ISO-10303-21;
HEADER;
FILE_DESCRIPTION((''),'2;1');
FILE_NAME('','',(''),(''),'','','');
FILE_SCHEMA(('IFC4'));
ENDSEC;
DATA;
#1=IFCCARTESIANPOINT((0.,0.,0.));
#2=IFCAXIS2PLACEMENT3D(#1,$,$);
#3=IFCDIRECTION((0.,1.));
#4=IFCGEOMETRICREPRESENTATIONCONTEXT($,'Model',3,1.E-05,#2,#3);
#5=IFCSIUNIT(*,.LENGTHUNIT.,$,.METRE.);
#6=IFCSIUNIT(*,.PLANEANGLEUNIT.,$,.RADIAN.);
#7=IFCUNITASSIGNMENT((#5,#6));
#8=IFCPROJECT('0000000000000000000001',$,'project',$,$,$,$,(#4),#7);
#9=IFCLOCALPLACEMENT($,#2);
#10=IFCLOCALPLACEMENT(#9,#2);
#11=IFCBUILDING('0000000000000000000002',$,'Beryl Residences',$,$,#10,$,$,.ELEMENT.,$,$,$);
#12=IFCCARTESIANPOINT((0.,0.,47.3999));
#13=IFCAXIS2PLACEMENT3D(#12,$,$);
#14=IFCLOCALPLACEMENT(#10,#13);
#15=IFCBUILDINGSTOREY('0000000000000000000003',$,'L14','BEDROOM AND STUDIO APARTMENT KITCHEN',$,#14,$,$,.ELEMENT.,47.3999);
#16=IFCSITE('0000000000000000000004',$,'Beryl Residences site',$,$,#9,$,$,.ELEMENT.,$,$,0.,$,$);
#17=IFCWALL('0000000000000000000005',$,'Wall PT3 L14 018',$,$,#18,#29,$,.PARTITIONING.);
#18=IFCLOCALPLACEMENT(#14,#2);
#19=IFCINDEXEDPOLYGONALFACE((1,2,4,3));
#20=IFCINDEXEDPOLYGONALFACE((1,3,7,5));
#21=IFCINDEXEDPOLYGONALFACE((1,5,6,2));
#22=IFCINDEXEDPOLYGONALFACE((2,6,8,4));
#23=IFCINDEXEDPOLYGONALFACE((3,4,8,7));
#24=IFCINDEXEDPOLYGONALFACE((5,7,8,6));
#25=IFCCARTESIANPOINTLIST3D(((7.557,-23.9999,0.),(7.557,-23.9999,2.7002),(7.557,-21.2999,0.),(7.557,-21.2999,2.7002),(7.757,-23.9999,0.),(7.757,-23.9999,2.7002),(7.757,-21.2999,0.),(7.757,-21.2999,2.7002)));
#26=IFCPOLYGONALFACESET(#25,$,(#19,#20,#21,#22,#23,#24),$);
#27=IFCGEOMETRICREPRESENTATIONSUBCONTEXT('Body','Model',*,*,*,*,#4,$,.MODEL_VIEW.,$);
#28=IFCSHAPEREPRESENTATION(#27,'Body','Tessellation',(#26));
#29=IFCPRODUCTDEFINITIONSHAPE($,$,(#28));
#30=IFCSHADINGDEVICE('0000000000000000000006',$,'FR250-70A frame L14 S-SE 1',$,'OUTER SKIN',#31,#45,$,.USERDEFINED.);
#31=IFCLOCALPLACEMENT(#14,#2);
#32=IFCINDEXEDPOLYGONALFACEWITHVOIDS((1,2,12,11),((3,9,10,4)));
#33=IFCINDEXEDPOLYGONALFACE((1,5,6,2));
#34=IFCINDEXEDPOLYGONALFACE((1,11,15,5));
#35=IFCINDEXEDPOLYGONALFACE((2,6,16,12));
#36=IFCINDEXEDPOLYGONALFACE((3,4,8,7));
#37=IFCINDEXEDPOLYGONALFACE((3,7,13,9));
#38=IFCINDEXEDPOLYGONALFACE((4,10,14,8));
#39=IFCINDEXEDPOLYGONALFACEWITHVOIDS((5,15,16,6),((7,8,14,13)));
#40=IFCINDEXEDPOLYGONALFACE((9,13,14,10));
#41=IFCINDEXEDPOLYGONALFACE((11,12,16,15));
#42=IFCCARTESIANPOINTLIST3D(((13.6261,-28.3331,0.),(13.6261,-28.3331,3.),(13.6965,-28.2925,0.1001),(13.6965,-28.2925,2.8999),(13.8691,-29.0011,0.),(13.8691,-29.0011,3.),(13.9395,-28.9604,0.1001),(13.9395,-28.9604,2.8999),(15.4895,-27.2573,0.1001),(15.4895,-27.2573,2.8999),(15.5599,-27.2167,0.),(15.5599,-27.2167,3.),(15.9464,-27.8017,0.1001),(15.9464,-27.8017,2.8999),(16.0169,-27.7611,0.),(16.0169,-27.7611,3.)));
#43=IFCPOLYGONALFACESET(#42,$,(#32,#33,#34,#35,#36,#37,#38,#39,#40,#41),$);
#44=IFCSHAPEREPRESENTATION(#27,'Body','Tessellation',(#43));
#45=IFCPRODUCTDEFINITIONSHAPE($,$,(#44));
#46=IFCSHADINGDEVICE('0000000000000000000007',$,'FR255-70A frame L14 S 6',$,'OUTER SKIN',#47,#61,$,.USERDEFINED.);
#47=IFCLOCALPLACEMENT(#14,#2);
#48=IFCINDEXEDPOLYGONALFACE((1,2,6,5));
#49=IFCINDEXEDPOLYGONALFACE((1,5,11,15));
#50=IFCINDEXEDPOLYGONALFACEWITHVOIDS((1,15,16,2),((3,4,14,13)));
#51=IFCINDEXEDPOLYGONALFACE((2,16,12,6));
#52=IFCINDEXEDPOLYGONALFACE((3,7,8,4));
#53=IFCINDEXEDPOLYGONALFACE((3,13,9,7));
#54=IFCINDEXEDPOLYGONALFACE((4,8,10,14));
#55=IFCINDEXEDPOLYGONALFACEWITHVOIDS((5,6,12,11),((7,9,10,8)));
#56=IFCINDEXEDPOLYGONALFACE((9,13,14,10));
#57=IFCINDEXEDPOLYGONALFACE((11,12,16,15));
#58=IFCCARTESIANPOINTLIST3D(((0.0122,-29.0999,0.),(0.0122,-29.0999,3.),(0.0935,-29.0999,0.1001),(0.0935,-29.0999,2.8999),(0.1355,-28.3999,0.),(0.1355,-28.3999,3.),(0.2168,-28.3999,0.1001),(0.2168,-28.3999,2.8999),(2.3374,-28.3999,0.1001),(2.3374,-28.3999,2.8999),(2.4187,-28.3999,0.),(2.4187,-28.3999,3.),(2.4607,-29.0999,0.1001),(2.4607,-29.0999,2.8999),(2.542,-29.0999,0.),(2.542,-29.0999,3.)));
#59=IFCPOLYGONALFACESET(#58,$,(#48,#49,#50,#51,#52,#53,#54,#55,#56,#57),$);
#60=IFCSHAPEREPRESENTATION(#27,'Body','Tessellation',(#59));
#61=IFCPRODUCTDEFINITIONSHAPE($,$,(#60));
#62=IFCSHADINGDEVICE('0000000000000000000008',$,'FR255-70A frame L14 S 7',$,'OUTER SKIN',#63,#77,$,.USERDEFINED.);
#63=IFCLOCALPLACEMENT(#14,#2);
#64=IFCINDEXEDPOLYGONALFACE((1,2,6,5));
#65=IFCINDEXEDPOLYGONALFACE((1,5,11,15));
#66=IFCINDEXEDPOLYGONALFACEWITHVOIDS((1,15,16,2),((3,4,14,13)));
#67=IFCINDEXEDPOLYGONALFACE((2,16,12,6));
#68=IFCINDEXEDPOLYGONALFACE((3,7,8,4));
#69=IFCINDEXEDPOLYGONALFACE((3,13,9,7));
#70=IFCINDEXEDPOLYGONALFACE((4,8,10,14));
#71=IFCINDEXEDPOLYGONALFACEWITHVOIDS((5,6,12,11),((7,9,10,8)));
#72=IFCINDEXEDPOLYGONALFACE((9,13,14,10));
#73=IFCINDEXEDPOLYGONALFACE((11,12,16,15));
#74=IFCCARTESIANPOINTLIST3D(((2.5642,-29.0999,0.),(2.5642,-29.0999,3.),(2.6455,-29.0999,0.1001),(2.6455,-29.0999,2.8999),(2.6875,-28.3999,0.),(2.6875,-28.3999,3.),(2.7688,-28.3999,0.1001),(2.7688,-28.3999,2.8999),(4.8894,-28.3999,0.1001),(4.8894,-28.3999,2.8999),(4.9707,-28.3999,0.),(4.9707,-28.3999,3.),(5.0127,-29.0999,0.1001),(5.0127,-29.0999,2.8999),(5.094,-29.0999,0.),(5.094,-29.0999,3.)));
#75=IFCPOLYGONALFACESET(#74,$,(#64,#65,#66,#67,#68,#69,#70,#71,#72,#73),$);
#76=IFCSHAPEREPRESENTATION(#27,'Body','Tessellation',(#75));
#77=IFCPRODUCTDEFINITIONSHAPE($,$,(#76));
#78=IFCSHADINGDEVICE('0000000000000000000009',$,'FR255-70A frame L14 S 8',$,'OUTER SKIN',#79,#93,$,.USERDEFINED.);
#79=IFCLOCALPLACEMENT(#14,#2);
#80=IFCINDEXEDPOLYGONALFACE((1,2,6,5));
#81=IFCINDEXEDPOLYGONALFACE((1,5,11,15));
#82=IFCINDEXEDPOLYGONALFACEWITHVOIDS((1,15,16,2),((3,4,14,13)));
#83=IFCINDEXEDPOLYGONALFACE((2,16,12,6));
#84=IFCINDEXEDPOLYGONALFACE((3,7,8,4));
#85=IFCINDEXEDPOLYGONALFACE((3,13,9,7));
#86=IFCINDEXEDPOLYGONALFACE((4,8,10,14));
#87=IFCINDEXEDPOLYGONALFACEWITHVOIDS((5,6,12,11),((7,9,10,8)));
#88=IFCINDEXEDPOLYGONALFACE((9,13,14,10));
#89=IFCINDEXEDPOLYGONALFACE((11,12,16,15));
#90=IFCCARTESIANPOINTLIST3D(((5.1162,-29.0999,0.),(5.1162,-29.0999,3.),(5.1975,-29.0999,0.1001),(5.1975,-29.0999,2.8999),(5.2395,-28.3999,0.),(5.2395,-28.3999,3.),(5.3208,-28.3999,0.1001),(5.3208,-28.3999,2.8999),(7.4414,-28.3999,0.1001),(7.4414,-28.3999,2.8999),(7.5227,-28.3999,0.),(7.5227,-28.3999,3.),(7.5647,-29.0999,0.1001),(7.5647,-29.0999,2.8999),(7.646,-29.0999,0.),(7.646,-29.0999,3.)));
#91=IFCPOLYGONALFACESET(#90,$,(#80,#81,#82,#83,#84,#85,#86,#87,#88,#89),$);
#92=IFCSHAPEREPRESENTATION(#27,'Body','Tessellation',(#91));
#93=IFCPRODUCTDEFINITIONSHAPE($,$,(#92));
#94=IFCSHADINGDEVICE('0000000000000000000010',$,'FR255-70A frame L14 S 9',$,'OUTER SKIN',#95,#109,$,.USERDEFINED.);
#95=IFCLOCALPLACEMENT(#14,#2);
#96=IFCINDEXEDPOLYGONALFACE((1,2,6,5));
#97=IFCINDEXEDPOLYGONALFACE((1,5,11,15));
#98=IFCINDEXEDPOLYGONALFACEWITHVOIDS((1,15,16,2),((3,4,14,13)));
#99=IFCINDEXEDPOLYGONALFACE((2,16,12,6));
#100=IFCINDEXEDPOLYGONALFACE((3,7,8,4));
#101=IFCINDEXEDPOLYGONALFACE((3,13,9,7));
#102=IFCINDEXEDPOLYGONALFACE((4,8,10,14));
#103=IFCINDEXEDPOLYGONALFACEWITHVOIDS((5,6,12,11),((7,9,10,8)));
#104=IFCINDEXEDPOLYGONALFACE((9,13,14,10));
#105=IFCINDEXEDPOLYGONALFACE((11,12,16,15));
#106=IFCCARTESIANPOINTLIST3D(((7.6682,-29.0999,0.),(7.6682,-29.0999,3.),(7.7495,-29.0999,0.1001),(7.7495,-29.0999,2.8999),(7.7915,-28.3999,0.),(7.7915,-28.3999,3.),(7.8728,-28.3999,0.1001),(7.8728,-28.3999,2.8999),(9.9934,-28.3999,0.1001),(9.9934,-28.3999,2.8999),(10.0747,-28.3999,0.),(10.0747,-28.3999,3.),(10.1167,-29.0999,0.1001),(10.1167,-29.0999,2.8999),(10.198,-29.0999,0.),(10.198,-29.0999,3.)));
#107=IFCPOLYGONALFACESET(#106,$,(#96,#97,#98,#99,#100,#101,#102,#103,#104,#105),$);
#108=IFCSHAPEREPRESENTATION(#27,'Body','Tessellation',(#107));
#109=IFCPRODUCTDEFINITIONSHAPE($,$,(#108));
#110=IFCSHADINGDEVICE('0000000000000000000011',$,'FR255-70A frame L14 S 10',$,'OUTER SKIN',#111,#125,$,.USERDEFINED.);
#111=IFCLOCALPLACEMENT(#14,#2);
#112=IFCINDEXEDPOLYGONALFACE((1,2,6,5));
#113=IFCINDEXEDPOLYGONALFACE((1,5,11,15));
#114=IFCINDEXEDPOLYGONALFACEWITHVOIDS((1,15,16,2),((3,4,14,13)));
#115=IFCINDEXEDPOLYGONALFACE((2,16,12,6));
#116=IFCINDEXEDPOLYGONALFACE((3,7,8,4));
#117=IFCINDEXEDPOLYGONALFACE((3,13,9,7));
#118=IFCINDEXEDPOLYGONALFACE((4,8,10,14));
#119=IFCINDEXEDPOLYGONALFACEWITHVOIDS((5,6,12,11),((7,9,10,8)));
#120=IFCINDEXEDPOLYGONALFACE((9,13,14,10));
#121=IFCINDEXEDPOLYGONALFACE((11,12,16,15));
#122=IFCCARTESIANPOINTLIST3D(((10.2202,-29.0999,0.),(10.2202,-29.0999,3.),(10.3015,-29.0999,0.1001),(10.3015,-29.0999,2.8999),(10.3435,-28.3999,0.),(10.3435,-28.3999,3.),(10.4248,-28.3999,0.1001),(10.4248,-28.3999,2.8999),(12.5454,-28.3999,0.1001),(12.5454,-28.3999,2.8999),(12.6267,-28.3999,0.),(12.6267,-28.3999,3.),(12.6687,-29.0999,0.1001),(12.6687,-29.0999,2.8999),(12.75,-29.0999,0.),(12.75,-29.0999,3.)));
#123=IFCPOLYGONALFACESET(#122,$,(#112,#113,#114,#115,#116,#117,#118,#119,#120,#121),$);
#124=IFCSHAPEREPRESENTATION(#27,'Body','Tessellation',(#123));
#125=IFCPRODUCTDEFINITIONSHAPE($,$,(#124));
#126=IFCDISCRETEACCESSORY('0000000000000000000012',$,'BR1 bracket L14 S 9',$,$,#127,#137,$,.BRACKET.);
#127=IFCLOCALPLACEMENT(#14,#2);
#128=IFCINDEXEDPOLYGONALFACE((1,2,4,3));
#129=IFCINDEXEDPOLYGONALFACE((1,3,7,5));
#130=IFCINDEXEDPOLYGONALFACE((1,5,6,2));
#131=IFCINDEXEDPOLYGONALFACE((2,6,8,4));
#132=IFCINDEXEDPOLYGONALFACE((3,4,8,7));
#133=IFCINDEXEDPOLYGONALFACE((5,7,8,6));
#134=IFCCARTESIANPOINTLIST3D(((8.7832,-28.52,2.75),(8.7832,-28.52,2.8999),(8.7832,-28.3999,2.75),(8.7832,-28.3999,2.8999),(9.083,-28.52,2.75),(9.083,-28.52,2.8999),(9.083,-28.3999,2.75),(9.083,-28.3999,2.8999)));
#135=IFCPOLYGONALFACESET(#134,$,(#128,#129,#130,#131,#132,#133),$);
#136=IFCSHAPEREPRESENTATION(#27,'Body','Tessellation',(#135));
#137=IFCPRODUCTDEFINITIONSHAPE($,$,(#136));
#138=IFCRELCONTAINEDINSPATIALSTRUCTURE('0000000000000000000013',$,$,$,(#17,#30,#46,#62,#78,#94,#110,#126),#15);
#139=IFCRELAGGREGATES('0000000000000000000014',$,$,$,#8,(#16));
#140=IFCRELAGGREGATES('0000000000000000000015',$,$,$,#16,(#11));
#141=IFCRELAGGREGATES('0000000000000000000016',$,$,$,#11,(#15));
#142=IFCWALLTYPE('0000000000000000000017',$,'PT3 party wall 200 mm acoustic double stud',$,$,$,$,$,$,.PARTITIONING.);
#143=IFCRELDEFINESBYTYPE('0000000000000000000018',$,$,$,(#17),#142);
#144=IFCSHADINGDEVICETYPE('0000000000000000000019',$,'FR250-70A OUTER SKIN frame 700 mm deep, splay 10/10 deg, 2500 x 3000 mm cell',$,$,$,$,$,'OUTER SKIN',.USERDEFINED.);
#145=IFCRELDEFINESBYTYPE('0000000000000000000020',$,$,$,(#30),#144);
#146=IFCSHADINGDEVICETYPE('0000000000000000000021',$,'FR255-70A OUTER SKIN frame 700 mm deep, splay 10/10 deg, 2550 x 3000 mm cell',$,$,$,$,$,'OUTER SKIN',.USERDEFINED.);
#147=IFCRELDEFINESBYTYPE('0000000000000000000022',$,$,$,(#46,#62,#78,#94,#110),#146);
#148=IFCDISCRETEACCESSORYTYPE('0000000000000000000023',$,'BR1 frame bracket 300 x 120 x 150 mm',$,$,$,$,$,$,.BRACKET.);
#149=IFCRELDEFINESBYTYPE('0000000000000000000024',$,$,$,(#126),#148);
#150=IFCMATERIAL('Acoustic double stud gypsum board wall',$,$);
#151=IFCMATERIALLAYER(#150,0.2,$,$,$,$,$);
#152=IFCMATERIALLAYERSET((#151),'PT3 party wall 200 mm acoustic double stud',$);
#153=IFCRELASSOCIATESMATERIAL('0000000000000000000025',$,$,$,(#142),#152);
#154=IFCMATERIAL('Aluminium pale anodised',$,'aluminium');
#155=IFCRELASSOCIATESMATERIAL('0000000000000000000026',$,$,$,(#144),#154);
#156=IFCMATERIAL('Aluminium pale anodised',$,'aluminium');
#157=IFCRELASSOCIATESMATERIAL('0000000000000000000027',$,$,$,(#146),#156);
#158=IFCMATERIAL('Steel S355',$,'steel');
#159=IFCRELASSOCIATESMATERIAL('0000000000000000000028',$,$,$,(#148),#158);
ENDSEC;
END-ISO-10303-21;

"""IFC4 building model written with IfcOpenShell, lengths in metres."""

from ifc_helpers import new_model, entity, si_unit, direction, frame, frame_2d, origin, place, context, subcontext, project, spatial, polyline, rectangle, outline, extrude, source, transform, mapped, material, layer, layer_set, type_object, type_shapes, element, save


model = new_model("IFC4")

# Units and contexts
model_context = context("Model", 3, precision=1e-05, world=origin(), true_north=direction((0.0, 1.0)))
body_context = subcontext(model_context, "Body", "Model", "MODEL_VIEW")
ifc_project = project(units=[si_unit("LENGTHUNIT", "METRE"), si_unit("PLANEANGLEUNIT", "RADIAN")], contexts=[model_context])

# Site, building, storey
site_placement = place(None, origin())
site = spatial("IfcSite", under=ifc_project, at=site_placement, Name="Beryl Residences site", CompositionType="ELEMENT", RefElevation=0.0)
building_placement = place(site_placement, origin())
building = spatial("IfcBuilding", under=site, at=building_placement, Name="Beryl Residences", CompositionType="ELEMENT")
storey_placement = place(building_placement, frame((0.0, 0.0, 47.3999)))
storey = spatial("IfcBuildingStorey", under=building, at=storey_placement, Name="L14", Description="BEDROOM AND STUDIO APARTMENT KITCHEN", CompositionType="ELEMENT", Elevation=47.3999)

# Wall
ifc_material_1 = material(Name="Acoustic double stud gypsum board wall")
ifc_layer_1 = layer(ifc_material_1, 0.2)
ifc_layer_set_1 = layer_set([ifc_layer_1], Name="PT3 party wall 200 mm acoustic double stud")
wall_type_1 = type_object("IfcWallType", Name="PT3 party wall 200 mm acoustic double stud", PredefinedType="PARTITIONING", material=ifc_layer_set_1)
wall_1_placement = place(storey_placement, frame((7.657, -24.0, 0.0), z_axis=(0.0, 0.0, 1.0), x_axis=(0.0, 1.0, 0.0)))
element("IfcWall", 1, at=wall_1_placement, inside=storey, type_object=wall_type_1, Name="Wall PT3 L14 018", PredefinedType="PARTITIONING", context=body_context, shape_type="SweptSolid", body=[
    extrude(rectangle(XDim=2.7, YDim=0.2, at=frame_2d((1.3501, 0.0))), origin(), (0.0, 0.0, 1.0), 2.7002),
])

# Shading devices
ifc_material_2 = material(Name="Aluminium pale anodised", Category="aluminium")
shading_device_type_1 = type_object("IfcShadingDeviceType", Name="FR250-70A OUTER SKIN frame 700 mm deep, splay 10/10 deg, 2500 x 3000 mm cell", ElementType="OUTER SKIN", PredefinedType="USERDEFINED", material=ifc_material_2)
cartesian_point_1 = entity("IfcCartesianPoint", [-1.1165, 0.0])
cartesian_point_2 = entity("IfcCartesianPoint", [-1.0352, 0.1001])
cartesian_point_3 = entity("IfcCartesianPoint", [-1.24, 0.0])
cartesian_point_4 = entity("IfcCartesianPoint", [-1.1587, 0.1001])
shared_shape_1 = source(origin(), body_context, "Body", "SweptSolid", [
    entity("IfcExtrudedAreaSolidTapered", entity("IfcArbitraryProfileDefWithVoids", "AREA", None, entity("IfcPolyline", [cartesian_point_1, entity("IfcCartesianPoint", [1.1165, 0.0]), entity("IfcCartesianPoint", [1.1165, 3.0]), entity("IfcCartesianPoint", [-1.1165, 3.0]), cartesian_point_1]), [entity("IfcPolyline", [cartesian_point_2, entity("IfcCartesianPoint", [1.0352, 0.1001]), entity("IfcCartesianPoint", [1.0352, 2.8999]), entity("IfcCartesianPoint", [-1.0352, 2.8999]), cartesian_point_2])]), entity("IfcAxis2Placement3D", entity("IfcCartesianPoint", [0.0, 0.0, 0.0]), entity("IfcDirection", [0.0, 1.0, 0.0]), entity("IfcDirection", [-1.0, 0.0, 0.0])), entity("IfcDirection", [0.0, 0.0, 1.0]), 0.7, entity("IfcArbitraryProfileDefWithVoids", "AREA", None, entity("IfcPolyline", [cartesian_point_3, entity("IfcCartesianPoint", [1.24, 0.0]), entity("IfcCartesianPoint", [1.24, 3.0]), entity("IfcCartesianPoint", [-1.24, 3.0]), cartesian_point_3]), [entity("IfcPolyline", [cartesian_point_4, entity("IfcCartesianPoint", [1.1587, 0.1001]), entity("IfcCartesianPoint", [1.1587, 2.8999]), entity("IfcCartesianPoint", [-1.1587, 2.8999]), cartesian_point_4])])),
])
type_shapes(shading_device_type_1, [shared_shape_1])
shading_device_placement = place(storey_placement, frame((14.593, -27.7749, 0.0), z_axis=(0.0, 0.0, 1.0), x_axis=(-0.866025, -0.5, 0.0)))
element("IfcShadingDevice", 2, at=shading_device_placement, inside=storey, type_object=shading_device_type_1, Name="FR250-70A frame L14 S-SE 1", ObjectType="OUTER SKIN", PredefinedType="USERDEFINED", context=body_context, shape_type="MappedRepresentation", body=[
    mapped(shared_shape_1, transform((0.0, 0.0, 0.0))),
])
ifc_material_3 = material(Name="Aluminium pale anodised", Category="aluminium")
shading_device_type_2 = type_object("IfcShadingDeviceType", Name="FR255-70A OUTER SKIN frame 700 mm deep, splay 10/10 deg, 2550 x 3000 mm cell", ElementType="OUTER SKIN", PredefinedType="USERDEFINED", material=ifc_material_3)
cartesian_point_5 = entity("IfcCartesianPoint", [-1.1416, 0.0])
cartesian_point_6 = entity("IfcCartesianPoint", [-1.0603, 0.1001])
cartesian_point_7 = entity("IfcCartesianPoint", [-1.2649, 0.0])
cartesian_point_8 = entity("IfcCartesianPoint", [-1.1836, 0.1001])
shared_shape_2 = source(origin(), body_context, "Body", "SweptSolid", [
    entity("IfcExtrudedAreaSolidTapered", entity("IfcArbitraryProfileDefWithVoids", "AREA", None, entity("IfcPolyline", [cartesian_point_5, entity("IfcCartesianPoint", [1.1416, 0.0]), entity("IfcCartesianPoint", [1.1416, 3.0]), entity("IfcCartesianPoint", [-1.1416, 3.0]), cartesian_point_5]), [entity("IfcPolyline", [cartesian_point_6, entity("IfcCartesianPoint", [1.0603, 0.1001]), entity("IfcCartesianPoint", [1.0603, 2.8999]), entity("IfcCartesianPoint", [-1.0603, 2.8999]), cartesian_point_6])]), entity("IfcAxis2Placement3D", entity("IfcCartesianPoint", [0.0, 0.0, 0.0]), entity("IfcDirection", [0.0, 1.0, 0.0]), entity("IfcDirection", [-1.0, 0.0, 0.0])), entity("IfcDirection", [0.0, 0.0, 1.0]), 0.7, entity("IfcArbitraryProfileDefWithVoids", "AREA", None, entity("IfcPolyline", [cartesian_point_7, entity("IfcCartesianPoint", [1.2649, 0.0]), entity("IfcCartesianPoint", [1.2649, 3.0]), entity("IfcCartesianPoint", [-1.2649, 3.0]), cartesian_point_7]), [entity("IfcPolyline", [cartesian_point_8, entity("IfcCartesianPoint", [1.1836, 0.1001]), entity("IfcCartesianPoint", [1.1836, 2.8999]), entity("IfcCartesianPoint", [-1.1836, 2.8999]), cartesian_point_8])])),
])
type_shapes(shading_device_type_2, [shared_shape_2])
for number, where, z_axis, x_axis, name in (
    (3, (1.2771, -28.3999, 0.0), (0.0, 0.0, 1.0), (-1.0, 0.0, 0.0), "FR255-70A frame L14 S 6"),
    (4, (3.8291, -28.3999, 0.0), (0.0, 0.0, 1.0), (-1.0, 0.0, 0.0), "FR255-70A frame L14 S 7"),
    (5, (6.3811, -28.3999, 0.0), (0.0, 0.0, 1.0), (-1.0, 0.0, 0.0), "FR255-70A frame L14 S 8"),
    (6, (8.9331, -28.3999, 0.0), (0.0, 0.0, 1.0), (-1.0, 0.0, 0.0), "FR255-70A frame L14 S 9"),
    (7, (11.4851, -28.3999, 0.0), (0.0, 0.0, 1.0), (-1.0, 0.0, 0.0), "FR255-70A frame L14 S 10"),
):
    element("IfcShadingDevice", number, at=place(storey_placement, frame(where, z_axis=z_axis, x_axis=x_axis)), inside=storey, type_object=shading_device_type_2, Name=name, ObjectType="OUTER SKIN", PredefinedType="USERDEFINED", context=body_context, shape_type="MappedRepresentation", body=[
        mapped(shared_shape_2, transform((0.0, 0.0, 0.0))),
    ])

# Discrete accessory
ifc_material_4 = material(Name="Steel S355", Category="steel")
discrete_accessory_type = type_object("IfcDiscreteAccessoryType", Name="BR1 frame bracket 300 x 120 x 150 mm", PredefinedType="BRACKET", material=ifc_material_4)
shared_shape_3 = source(origin(), body_context, "Body", "SweptSolid", [
    extrude(outline(polyline([(-0.1499, 0.0), (0.1499, 0.0), (0.1499, 0.1201), (-0.1499, 0.1201), (-0.1499, 0.0)])), origin(), (0.0, 0.0, 1.0), 0.1499),
])
type_shapes(discrete_accessory_type, [shared_shape_3])
discrete_accessory_placement = place(storey_placement, frame((8.9331, -28.3999, 2.75), z_axis=(0.0, 0.0, 1.0), x_axis=(-1.0, 0.0, 0.0)))
element("IfcDiscreteAccessory", 8, at=discrete_accessory_placement, inside=storey, type_object=discrete_accessory_type, Name="BR1 bracket L14 S 9", PredefinedType="BRACKET", context=body_context, shape_type="MappedRepresentation", body=[
    mapped(shared_shape_3, transform((0.0, 0.0, 0.0))),
])

save(model, "model.ifc")
